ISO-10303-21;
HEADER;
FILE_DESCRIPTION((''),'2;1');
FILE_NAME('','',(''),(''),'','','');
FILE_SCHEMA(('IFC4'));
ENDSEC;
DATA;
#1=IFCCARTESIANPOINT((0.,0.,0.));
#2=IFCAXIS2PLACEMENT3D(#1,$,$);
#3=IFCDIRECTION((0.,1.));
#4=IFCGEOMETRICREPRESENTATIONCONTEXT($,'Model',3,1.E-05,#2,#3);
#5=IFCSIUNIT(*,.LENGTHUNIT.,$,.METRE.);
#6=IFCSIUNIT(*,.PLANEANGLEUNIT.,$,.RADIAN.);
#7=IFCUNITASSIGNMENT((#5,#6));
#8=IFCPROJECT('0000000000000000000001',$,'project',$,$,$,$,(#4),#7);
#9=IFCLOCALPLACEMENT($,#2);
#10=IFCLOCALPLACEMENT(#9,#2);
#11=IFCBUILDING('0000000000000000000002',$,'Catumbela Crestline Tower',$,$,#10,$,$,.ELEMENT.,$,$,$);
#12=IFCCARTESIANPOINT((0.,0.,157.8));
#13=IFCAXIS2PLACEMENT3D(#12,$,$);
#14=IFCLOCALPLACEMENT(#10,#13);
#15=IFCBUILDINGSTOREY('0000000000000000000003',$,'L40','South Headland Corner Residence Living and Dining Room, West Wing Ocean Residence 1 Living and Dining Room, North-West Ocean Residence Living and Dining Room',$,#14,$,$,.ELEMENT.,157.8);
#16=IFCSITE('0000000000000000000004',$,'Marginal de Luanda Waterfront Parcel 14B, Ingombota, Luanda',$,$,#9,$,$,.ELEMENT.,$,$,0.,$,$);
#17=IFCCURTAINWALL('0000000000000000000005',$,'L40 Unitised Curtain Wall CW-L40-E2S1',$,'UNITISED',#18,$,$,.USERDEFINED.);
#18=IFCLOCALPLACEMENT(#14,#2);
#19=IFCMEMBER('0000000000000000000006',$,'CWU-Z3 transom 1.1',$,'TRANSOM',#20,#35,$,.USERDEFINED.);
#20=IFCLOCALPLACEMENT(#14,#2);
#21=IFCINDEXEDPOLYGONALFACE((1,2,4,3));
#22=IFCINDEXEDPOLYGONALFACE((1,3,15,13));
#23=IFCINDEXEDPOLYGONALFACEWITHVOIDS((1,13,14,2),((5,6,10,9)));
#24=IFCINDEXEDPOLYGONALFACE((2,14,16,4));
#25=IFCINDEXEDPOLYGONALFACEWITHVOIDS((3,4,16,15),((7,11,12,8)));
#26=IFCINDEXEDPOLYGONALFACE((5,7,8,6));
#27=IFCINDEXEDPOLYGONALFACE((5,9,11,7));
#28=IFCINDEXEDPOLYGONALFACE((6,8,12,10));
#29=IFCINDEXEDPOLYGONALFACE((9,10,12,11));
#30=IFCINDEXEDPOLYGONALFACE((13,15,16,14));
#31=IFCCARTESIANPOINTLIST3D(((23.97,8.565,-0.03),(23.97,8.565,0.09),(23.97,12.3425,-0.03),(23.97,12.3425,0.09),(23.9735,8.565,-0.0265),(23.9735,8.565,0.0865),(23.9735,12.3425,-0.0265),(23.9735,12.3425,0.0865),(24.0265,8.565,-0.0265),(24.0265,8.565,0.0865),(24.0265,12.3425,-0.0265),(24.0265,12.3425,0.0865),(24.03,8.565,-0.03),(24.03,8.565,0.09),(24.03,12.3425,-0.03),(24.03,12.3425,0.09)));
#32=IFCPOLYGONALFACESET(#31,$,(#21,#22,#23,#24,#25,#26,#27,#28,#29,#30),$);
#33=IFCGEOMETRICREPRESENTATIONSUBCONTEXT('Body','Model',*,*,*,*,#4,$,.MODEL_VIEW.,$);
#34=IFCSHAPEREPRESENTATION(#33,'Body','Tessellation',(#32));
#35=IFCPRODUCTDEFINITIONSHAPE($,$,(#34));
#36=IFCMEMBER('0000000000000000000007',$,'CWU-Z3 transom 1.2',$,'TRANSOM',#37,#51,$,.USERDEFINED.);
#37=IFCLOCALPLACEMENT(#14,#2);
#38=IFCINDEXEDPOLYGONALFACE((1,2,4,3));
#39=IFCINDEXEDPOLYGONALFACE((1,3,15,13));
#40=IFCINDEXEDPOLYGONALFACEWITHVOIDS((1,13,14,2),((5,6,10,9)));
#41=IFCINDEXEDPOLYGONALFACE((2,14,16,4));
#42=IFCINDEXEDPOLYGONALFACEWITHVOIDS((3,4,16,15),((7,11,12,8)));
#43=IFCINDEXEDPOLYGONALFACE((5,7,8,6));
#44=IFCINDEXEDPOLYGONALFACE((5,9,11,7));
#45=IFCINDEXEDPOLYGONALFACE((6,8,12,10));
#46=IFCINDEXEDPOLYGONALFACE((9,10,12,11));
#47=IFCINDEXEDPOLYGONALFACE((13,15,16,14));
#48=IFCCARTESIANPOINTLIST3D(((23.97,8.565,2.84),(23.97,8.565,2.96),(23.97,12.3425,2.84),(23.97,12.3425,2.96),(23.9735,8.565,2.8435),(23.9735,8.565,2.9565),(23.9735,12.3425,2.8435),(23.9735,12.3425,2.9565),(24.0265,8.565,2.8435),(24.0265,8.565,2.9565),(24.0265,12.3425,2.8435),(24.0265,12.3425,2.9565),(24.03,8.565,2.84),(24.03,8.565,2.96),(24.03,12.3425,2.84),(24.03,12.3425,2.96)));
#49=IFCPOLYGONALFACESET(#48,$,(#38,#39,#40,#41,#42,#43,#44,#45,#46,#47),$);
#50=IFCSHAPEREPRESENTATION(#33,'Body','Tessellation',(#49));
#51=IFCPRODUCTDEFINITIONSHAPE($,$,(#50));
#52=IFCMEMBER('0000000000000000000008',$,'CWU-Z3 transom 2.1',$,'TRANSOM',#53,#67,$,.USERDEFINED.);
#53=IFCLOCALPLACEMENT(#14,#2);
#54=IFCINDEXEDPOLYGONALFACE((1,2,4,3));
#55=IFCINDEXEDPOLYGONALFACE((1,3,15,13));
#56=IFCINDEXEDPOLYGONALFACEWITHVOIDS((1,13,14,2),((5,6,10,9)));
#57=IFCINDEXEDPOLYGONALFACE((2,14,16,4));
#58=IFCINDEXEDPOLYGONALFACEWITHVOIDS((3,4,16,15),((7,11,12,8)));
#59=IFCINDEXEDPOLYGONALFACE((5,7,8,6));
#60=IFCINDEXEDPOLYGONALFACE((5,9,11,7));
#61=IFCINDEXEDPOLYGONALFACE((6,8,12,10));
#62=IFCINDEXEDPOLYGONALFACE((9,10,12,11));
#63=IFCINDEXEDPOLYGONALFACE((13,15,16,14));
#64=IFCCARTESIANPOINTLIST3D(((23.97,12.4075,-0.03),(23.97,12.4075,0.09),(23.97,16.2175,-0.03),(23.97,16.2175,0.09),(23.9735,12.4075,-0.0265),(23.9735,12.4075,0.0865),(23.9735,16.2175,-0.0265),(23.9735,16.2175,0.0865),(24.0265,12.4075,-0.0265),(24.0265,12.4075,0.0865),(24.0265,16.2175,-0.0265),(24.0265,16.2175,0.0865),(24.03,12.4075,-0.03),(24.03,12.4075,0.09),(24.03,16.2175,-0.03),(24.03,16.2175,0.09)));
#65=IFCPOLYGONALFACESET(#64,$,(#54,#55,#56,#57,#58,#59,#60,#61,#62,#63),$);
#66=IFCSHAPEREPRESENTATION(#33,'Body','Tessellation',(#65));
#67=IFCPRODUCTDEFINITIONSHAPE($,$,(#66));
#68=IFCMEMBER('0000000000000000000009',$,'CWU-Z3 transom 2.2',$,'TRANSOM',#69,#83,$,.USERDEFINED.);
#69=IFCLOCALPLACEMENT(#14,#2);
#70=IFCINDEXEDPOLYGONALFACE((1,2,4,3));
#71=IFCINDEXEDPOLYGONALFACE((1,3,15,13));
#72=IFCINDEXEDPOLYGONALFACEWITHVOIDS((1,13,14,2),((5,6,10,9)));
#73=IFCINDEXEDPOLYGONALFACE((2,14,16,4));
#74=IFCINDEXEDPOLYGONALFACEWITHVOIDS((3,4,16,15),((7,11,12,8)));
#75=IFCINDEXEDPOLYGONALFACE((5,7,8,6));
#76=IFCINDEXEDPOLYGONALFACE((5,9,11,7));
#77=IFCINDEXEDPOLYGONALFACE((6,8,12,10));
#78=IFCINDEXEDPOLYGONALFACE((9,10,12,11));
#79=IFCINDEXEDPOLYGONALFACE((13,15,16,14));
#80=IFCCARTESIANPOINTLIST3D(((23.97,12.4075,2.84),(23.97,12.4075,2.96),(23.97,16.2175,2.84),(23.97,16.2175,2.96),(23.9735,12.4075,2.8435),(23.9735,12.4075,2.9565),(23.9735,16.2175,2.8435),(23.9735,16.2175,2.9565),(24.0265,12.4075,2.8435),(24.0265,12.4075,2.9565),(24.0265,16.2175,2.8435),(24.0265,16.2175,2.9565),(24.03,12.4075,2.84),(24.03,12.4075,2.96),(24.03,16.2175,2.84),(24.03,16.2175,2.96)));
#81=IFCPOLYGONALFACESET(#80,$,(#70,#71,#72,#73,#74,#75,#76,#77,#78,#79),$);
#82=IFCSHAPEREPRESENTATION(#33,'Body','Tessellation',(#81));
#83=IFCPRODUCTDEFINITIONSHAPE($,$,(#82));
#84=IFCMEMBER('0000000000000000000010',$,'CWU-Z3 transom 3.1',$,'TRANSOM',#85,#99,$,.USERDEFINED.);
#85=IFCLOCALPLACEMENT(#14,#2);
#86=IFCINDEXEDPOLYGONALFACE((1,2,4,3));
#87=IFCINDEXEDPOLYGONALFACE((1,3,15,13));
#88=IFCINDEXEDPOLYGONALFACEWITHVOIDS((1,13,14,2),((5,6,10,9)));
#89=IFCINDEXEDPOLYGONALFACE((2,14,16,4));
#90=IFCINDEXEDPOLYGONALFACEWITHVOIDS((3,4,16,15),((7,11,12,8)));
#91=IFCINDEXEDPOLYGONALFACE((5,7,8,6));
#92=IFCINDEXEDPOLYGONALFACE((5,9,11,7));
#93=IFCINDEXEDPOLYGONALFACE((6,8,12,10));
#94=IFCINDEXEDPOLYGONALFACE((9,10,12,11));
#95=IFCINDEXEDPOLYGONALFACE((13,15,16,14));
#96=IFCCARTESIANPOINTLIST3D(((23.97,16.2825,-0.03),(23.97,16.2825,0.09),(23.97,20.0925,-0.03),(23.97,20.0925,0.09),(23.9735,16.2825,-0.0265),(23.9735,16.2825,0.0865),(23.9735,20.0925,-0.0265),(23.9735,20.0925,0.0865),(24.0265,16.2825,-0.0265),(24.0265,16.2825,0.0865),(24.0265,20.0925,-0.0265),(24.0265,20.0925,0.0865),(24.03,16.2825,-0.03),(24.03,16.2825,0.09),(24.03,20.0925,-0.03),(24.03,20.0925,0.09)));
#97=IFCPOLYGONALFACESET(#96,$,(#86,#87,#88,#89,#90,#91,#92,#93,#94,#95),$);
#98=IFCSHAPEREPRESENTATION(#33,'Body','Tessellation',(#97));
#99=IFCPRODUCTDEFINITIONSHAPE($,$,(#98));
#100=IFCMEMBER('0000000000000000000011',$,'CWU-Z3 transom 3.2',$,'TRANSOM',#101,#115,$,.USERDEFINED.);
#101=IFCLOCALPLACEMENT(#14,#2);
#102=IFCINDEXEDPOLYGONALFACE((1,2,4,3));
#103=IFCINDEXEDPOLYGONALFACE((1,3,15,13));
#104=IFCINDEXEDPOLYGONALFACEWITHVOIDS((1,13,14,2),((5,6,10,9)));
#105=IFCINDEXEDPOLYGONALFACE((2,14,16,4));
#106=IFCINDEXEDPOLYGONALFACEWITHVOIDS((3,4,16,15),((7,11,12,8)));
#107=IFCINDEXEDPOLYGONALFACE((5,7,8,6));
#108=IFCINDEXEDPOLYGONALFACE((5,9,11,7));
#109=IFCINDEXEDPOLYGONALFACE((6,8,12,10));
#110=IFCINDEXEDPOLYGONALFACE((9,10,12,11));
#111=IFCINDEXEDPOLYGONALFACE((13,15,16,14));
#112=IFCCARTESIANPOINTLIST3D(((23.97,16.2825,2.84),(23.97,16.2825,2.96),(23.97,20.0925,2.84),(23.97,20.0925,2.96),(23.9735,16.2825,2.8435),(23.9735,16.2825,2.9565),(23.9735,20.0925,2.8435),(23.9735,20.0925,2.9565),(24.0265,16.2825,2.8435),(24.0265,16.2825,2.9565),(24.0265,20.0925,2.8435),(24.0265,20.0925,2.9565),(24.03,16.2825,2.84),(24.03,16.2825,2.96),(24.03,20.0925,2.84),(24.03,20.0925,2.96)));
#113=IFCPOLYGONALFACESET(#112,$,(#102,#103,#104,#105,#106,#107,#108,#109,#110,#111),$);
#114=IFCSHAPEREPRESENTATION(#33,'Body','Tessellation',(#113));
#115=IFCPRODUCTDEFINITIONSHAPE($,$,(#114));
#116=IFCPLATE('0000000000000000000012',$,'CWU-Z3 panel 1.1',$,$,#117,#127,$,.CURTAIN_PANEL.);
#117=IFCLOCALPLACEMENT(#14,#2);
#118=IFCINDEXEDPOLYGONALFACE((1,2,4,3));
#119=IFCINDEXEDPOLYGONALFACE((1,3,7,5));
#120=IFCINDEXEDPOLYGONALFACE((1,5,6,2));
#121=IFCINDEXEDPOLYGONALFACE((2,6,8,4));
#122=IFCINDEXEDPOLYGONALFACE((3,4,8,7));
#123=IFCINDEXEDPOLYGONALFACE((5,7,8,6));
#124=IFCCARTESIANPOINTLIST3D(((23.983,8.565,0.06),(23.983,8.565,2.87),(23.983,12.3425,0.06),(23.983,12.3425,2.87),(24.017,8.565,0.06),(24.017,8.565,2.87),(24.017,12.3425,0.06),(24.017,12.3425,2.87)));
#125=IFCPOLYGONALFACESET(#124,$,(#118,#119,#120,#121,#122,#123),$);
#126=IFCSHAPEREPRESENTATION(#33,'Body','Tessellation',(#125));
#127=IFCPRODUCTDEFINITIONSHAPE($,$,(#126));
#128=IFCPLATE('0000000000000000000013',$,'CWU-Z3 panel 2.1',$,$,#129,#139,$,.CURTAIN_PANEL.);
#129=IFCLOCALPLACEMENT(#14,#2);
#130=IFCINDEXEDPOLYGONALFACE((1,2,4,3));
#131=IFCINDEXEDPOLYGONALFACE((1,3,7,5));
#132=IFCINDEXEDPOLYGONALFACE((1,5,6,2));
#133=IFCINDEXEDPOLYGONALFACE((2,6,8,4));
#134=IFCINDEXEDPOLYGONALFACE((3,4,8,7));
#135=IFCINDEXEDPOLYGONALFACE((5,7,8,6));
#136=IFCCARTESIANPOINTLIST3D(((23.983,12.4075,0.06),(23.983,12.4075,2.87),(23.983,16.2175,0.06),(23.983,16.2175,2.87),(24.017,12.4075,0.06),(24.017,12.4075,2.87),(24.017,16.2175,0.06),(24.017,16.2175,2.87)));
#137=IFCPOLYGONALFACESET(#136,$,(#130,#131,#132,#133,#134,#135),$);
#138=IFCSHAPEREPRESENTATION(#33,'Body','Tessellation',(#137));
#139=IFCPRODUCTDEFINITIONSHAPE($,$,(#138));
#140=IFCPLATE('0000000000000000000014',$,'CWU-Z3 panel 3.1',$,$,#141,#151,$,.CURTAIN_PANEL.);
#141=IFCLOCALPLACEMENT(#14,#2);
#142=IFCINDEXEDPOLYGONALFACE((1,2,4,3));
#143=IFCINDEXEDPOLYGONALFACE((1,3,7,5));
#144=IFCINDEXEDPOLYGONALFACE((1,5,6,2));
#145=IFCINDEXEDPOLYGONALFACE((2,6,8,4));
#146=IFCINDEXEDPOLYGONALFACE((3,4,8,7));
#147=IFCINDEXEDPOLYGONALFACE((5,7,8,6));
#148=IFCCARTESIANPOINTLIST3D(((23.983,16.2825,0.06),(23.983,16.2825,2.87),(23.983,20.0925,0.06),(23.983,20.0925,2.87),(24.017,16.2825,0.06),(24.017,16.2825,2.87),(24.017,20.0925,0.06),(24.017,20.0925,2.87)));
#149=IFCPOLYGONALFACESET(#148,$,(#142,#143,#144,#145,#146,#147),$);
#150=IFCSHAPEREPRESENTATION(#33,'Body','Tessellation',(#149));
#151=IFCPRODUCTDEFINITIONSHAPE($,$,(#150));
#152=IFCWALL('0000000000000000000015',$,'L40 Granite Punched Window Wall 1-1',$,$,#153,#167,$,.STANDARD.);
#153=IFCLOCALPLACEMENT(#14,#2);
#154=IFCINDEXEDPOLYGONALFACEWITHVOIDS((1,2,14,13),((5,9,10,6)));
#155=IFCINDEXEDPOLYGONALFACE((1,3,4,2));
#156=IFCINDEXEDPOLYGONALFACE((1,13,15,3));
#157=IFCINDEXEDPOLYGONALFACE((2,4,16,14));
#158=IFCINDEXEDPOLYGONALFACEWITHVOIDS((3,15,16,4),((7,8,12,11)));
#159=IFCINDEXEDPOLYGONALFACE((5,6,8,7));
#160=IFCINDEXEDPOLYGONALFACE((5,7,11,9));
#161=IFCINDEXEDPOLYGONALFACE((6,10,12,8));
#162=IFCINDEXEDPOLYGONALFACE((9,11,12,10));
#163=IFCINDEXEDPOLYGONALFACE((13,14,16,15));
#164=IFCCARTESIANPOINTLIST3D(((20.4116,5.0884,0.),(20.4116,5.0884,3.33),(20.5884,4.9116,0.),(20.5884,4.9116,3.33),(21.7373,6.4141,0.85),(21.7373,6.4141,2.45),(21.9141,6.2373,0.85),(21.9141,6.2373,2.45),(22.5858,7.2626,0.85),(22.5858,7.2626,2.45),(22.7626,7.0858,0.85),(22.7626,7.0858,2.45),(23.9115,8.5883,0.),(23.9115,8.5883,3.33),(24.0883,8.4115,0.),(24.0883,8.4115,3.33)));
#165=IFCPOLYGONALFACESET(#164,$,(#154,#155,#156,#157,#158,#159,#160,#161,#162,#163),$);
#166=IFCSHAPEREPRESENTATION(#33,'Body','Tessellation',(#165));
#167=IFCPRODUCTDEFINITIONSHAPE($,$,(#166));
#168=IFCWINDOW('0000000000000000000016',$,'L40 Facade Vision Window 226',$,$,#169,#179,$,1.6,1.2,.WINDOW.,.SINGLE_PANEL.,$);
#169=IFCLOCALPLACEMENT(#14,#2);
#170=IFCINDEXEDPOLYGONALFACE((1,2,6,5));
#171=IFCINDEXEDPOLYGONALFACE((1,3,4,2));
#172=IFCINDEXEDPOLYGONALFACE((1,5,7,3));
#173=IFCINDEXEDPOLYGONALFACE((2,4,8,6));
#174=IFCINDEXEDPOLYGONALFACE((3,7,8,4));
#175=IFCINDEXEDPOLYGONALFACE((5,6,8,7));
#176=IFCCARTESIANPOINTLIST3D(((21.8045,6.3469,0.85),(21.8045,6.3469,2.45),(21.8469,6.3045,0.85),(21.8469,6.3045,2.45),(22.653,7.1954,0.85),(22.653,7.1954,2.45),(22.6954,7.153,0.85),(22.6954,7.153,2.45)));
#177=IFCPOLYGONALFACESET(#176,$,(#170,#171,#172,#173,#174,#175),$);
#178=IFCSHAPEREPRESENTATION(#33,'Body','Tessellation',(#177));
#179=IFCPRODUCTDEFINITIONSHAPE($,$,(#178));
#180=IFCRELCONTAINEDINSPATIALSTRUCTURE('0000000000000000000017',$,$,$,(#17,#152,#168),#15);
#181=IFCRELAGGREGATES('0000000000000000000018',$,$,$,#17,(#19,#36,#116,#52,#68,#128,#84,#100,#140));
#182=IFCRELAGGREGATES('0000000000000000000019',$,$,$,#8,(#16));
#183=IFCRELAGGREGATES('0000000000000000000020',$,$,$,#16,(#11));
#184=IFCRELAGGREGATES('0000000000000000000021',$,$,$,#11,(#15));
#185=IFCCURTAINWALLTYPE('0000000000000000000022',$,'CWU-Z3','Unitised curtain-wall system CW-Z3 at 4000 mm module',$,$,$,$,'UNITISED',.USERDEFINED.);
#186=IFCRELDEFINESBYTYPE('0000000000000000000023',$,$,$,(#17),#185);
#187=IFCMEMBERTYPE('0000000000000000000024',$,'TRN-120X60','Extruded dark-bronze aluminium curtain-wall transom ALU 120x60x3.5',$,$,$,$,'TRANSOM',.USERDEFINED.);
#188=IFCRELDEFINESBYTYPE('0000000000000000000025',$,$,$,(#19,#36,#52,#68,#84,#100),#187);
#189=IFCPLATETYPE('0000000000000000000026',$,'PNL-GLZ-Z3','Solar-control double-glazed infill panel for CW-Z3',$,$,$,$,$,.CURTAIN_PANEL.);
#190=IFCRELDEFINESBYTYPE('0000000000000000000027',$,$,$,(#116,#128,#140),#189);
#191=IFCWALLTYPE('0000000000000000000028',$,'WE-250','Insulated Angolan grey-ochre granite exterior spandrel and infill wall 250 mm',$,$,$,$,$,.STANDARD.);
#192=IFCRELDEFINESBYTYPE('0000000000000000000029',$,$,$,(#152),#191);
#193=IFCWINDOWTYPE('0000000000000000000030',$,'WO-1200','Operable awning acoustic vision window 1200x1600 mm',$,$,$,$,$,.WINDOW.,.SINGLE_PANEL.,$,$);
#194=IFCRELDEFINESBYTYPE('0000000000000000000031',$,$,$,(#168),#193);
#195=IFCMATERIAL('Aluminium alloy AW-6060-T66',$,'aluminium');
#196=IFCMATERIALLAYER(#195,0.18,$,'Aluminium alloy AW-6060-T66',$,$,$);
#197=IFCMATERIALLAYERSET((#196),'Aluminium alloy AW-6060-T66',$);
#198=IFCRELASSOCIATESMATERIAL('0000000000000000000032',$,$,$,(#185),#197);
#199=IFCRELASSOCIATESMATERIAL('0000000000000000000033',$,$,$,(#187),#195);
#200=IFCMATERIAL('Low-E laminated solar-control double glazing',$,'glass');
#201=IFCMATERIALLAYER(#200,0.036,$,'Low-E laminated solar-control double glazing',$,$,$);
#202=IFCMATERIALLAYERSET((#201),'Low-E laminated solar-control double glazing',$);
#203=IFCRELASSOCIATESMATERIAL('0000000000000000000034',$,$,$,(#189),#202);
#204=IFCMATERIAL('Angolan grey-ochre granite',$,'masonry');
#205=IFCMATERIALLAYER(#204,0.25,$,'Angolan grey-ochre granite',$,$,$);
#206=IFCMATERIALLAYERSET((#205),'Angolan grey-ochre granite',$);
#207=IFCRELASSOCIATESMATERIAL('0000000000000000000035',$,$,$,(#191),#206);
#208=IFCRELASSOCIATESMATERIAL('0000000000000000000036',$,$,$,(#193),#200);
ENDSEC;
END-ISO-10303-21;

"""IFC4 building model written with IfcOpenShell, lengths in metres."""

from ifc_helpers import new_model, si_unit, direction, frame, frame_2d, origin, origin_2d, place, context, subcontext, project, spatial, rectangle, hollow_rectangle, extrude, material, layer, layer_set, material_profile, profile_set, type_object, element, fill, aggregate, save


model = new_model("IFC4")

# Units and contexts
model_context = context("Model", 3, precision=1e-05, world=origin(), true_north=direction((0.0, 1.0)))
body_context = subcontext(model_context, "Body", "Model", "MODEL_VIEW")
ifc_project = project(units=[si_unit("LENGTHUNIT", "METRE"), si_unit("PLANEANGLEUNIT", "RADIAN")], contexts=[model_context])

# Site, building, storey
site_placement = place(None, origin())
site = spatial("IfcSite", under=ifc_project, at=site_placement, Name="Marginal de Luanda Waterfront Parcel 14B, Ingombota, Luanda", CompositionType="ELEMENT", RefElevation=0.0)
building_placement = place(site_placement, origin())
building = spatial("IfcBuilding", under=site, at=building_placement, Name="Catumbela Crestline Tower", CompositionType="ELEMENT")
storey_placement = place(building_placement, frame((0.0, 0.0, 157.8)))
storey = spatial("IfcBuildingStorey", under=building, at=storey_placement, Name="L40", Description="South Headland Corner Residence Living and Dining Room, West Wing Ocean Residence 1 Living and Dining Room, North-West Ocean Residence Living and Dining Room", CompositionType="ELEMENT", Elevation=157.8)

# Curtain wall
ifc_material_1 = material(Name="Aluminium alloy AW-6060-T66", Category="aluminium")
ifc_layer_1 = layer(ifc_material_1, 0.18, Name="Aluminium alloy AW-6060-T66")
ifc_layer_set_1 = layer_set([ifc_layer_1], Name="Aluminium alloy AW-6060-T66")
curtain_wall_type = type_object("IfcCurtainWallType", Name="CWU-Z3", Description="Unitised curtain-wall system CW-Z3 at 4000 mm module", ElementType="UNITISED", PredefinedType="USERDEFINED", material=ifc_layer_set_1)
curtain_wall_placement = place(storey_placement, origin())
curtain_wall = element("IfcCurtainWall", 1, at=curtain_wall_placement, inside=storey, type_object=curtain_wall_type, Name="L40 Unitised Curtain Wall CW-L40-E2S1", ObjectType="UNITISED", PredefinedType="USERDEFINED")

# Members
ifc_material_profile_1 = material_profile(ifc_material_1, hollow_rectangle(XDim=0.06, YDim=0.12, WallThickness=0.0035, at=origin_2d()), Name="ALU 120x60x3.5")
ifc_profile_set_1 = profile_set([ifc_material_profile_1], Name="Aluminium alloy AW-6060-T66")
member_type_1 = type_object("IfcMemberType", Name="TRN-120X60", Description="Extruded dark-bronze aluminium curtain-wall transom ALU 120x60x3.5", ElementType="TRANSOM", PredefinedType="USERDEFINED", material=ifc_profile_set_1)
member_1_placement = place(storey_placement, frame((24.0, 8.565, 0.03), z_axis=(0.0, 1.0, 0.0), x_axis=(-1.0, 0.0, 0.0)))
member_1 = element("IfcMember", 2, at=member_1_placement, type_object=member_type_1, Name="CWU-Z3 transom 1.1", ObjectType="TRANSOM", PredefinedType="USERDEFINED", context=body_context, shape_type="SweptSolid", body=[
    extrude(hollow_rectangle(XDim=0.06, YDim=0.12, WallThickness=0.0035, at=origin_2d()), origin(), (0.0, 0.0, 1.0), 3.7775),
])
member_2_placement = place(storey_placement, frame((24.0, 8.565, 2.9), z_axis=(0.0, 1.0, 0.0), x_axis=(-1.0, 0.0, 0.0)))
member_2 = element("IfcMember", 3, at=member_2_placement, type_object=member_type_1, Name="CWU-Z3 transom 1.2", ObjectType="TRANSOM", PredefinedType="USERDEFINED", context=body_context, shape_type="SweptSolid", body=[
    extrude(hollow_rectangle(XDim=0.06, YDim=0.12, WallThickness=0.0035, at=origin_2d()), origin(), (0.0, 0.0, 1.0), 3.7775),
])
member_3_placement = place(storey_placement, frame((24.0, 12.4075, 0.03), z_axis=(0.0, 1.0, 0.0), x_axis=(-1.0, 0.0, 0.0)))
member_3 = element("IfcMember", 4, at=member_3_placement, type_object=member_type_1, Name="CWU-Z3 transom 2.1", ObjectType="TRANSOM", PredefinedType="USERDEFINED", context=body_context, shape_type="SweptSolid", body=[
    extrude(hollow_rectangle(XDim=0.06, YDim=0.12, WallThickness=0.0035, at=origin_2d()), origin(), (0.0, 0.0, 1.0), 3.81),
])
member_4_placement = place(storey_placement, frame((24.0, 12.4075, 2.9), z_axis=(0.0, 1.0, 0.0), x_axis=(-1.0, 0.0, 0.0)))
member_4 = element("IfcMember", 5, at=member_4_placement, type_object=member_type_1, Name="CWU-Z3 transom 2.2", ObjectType="TRANSOM", PredefinedType="USERDEFINED", context=body_context, shape_type="SweptSolid", body=[
    extrude(hollow_rectangle(XDim=0.06, YDim=0.12, WallThickness=0.0035, at=origin_2d()), origin(), (0.0, 0.0, 1.0), 3.81),
])
member_5_placement = place(storey_placement, frame((24.0, 16.2825, 0.03), z_axis=(0.0, 1.0, 0.0), x_axis=(-1.0, 0.0, 0.0)))
member_5 = element("IfcMember", 6, at=member_5_placement, type_object=member_type_1, Name="CWU-Z3 transom 3.1", ObjectType="TRANSOM", PredefinedType="USERDEFINED", context=body_context, shape_type="SweptSolid", body=[
    extrude(hollow_rectangle(XDim=0.06, YDim=0.12, WallThickness=0.0035, at=origin_2d()), origin(), (0.0, 0.0, 1.0), 3.81),
])
member_6_placement = place(storey_placement, frame((24.0, 16.2825, 2.9), z_axis=(0.0, 1.0, 0.0), x_axis=(-1.0, 0.0, 0.0)))
member_6 = element("IfcMember", 7, at=member_6_placement, type_object=member_type_1, Name="CWU-Z3 transom 3.2", ObjectType="TRANSOM", PredefinedType="USERDEFINED", context=body_context, shape_type="SweptSolid", body=[
    extrude(hollow_rectangle(XDim=0.06, YDim=0.12, WallThickness=0.0035, at=origin_2d()), origin(), (0.0, 0.0, 1.0), 3.81),
])

# Plates
ifc_material_2 = material(Name="Low-E laminated solar-control double glazing", Category="glass")
ifc_layer_2 = layer(ifc_material_2, 0.036, Name="Low-E laminated solar-control double glazing")
ifc_layer_set_2 = layer_set([ifc_layer_2], Name="Low-E laminated solar-control double glazing")
plate_type = type_object("IfcPlateType", Name="PNL-GLZ-Z3", Description="Solar-control double-glazed infill panel for CW-Z3", PredefinedType="CURTAIN_PANEL", material=ifc_layer_set_2)
plate_1_placement = place(storey_placement, frame((24.0, 10.4538, 0.06), z_axis=(0.0, 0.0, 1.0), x_axis=(0.0, 1.0, 0.0)))
plate_1 = element("IfcPlate", 8, at=plate_1_placement, type_object=plate_type, Name="CWU-Z3 panel 1.1", PredefinedType="CURTAIN_PANEL", context=body_context, shape_type="SweptSolid", body=[
    extrude(rectangle(XDim=3.7775, YDim=0.034, at=origin_2d()), origin(), (0.0, 0.0, 1.0), 2.81),
])
plate_2_placement = place(storey_placement, frame((24.0, 14.3125, 0.06), z_axis=(0.0, 0.0, 1.0), x_axis=(0.0, 1.0, 0.0)))
plate_2 = element("IfcPlate", 9, at=plate_2_placement, type_object=plate_type, Name="CWU-Z3 panel 2.1", PredefinedType="CURTAIN_PANEL", context=body_context, shape_type="SweptSolid", body=[
    extrude(rectangle(XDim=3.81, YDim=0.034, at=origin_2d()), origin(), (0.0, 0.0, 1.0), 2.81),
])
plate_3_placement = place(storey_placement, frame((24.0, 18.1875, 0.06), z_axis=(0.0, 0.0, 1.0), x_axis=(0.0, 1.0, 0.0)))
plate_3 = element("IfcPlate", 10, at=plate_3_placement, type_object=plate_type, Name="CWU-Z3 panel 3.1", PredefinedType="CURTAIN_PANEL", context=body_context, shape_type="SweptSolid", body=[
    extrude(rectangle(XDim=3.81, YDim=0.034, at=origin_2d()), origin(), (0.0, 0.0, 1.0), 2.81),
])
aggregate(curtain_wall, [member_1, member_2, plate_1, member_3, member_4, plate_2, member_5, member_6, plate_3])

# Wall, opening, window
ifc_material_3 = material(Name="Angolan grey-ochre granite", Category="masonry")
ifc_layer_3 = layer(ifc_material_3, 0.25, Name="Angolan grey-ochre granite")
ifc_layer_set_3 = layer_set([ifc_layer_3], Name="Angolan grey-ochre granite")
wall_type = type_object("IfcWallType", Name="WE-250", Description="Insulated Angolan grey-ochre granite exterior spandrel and infill wall 250 mm", PredefinedType="STANDARD", material=ifc_layer_set_3)
wall_placement = place(storey_placement, frame((20.5, 5.0, 0.0), z_axis=(0.0, 0.0, 1.0), x_axis=(0.707107, 0.707107, 0.0)))
wall = element("IfcWall", 11, at=wall_placement, inside=storey, type_object=wall_type, Name="L40 Granite Punched Window Wall 1-1", PredefinedType="STANDARD", context=body_context, shape_type="SweptSolid", body=[
    extrude(rectangle(XDim=4.9497, YDim=0.25, at=frame_2d((2.4748, 0.0))), origin(), (0.0, 0.0, 1.0), 3.33),
])
opening_placement = place(wall_placement, frame((1.8748, 0.0, 0.85)))
opening = element("IfcOpeningElement", 12, at=opening_placement, cuts=wall, PredefinedType="OPENING", context=body_context, shape_type="SweptSolid", body=[
    extrude(rectangle(XDim=1.2, YDim=1.6, at=frame_2d((0.6, 0.8))), frame((0.0, 0.135, 0.0), z_axis=(0.0, -1.0, 0.0), x_axis=(1.0, 0.0, 0.0)), (0.0, 0.0, 1.0), 0.27),
])
window_type = type_object("IfcWindowType", Name="WO-1200", Description="Operable awning acoustic vision window 1200x1600 mm", PartitioningType="SINGLE_PANEL", PredefinedType="WINDOW", material=ifc_material_2)
window_placement = place(opening_placement, origin())
window = element("IfcWindow", 13, at=window_placement, inside=storey, type_object=window_type, Name="L40 Facade Vision Window 226", OverallHeight=1.6, OverallWidth=1.2, PartitioningType="SINGLE_PANEL", PredefinedType="WINDOW", context=body_context, shape_type="SweptSolid", body=[
    extrude(rectangle(XDim=1.2, YDim=1.6, at=frame_2d((0.6, 0.8))), frame((0.0, 0.03, 0.0), z_axis=(0.0, -1.0, 0.0), x_axis=(1.0, 0.0, 0.0)), (0.0, 0.0, 1.0), 0.06),
])
fill(opening, window)

save(model, "model.ifc")
